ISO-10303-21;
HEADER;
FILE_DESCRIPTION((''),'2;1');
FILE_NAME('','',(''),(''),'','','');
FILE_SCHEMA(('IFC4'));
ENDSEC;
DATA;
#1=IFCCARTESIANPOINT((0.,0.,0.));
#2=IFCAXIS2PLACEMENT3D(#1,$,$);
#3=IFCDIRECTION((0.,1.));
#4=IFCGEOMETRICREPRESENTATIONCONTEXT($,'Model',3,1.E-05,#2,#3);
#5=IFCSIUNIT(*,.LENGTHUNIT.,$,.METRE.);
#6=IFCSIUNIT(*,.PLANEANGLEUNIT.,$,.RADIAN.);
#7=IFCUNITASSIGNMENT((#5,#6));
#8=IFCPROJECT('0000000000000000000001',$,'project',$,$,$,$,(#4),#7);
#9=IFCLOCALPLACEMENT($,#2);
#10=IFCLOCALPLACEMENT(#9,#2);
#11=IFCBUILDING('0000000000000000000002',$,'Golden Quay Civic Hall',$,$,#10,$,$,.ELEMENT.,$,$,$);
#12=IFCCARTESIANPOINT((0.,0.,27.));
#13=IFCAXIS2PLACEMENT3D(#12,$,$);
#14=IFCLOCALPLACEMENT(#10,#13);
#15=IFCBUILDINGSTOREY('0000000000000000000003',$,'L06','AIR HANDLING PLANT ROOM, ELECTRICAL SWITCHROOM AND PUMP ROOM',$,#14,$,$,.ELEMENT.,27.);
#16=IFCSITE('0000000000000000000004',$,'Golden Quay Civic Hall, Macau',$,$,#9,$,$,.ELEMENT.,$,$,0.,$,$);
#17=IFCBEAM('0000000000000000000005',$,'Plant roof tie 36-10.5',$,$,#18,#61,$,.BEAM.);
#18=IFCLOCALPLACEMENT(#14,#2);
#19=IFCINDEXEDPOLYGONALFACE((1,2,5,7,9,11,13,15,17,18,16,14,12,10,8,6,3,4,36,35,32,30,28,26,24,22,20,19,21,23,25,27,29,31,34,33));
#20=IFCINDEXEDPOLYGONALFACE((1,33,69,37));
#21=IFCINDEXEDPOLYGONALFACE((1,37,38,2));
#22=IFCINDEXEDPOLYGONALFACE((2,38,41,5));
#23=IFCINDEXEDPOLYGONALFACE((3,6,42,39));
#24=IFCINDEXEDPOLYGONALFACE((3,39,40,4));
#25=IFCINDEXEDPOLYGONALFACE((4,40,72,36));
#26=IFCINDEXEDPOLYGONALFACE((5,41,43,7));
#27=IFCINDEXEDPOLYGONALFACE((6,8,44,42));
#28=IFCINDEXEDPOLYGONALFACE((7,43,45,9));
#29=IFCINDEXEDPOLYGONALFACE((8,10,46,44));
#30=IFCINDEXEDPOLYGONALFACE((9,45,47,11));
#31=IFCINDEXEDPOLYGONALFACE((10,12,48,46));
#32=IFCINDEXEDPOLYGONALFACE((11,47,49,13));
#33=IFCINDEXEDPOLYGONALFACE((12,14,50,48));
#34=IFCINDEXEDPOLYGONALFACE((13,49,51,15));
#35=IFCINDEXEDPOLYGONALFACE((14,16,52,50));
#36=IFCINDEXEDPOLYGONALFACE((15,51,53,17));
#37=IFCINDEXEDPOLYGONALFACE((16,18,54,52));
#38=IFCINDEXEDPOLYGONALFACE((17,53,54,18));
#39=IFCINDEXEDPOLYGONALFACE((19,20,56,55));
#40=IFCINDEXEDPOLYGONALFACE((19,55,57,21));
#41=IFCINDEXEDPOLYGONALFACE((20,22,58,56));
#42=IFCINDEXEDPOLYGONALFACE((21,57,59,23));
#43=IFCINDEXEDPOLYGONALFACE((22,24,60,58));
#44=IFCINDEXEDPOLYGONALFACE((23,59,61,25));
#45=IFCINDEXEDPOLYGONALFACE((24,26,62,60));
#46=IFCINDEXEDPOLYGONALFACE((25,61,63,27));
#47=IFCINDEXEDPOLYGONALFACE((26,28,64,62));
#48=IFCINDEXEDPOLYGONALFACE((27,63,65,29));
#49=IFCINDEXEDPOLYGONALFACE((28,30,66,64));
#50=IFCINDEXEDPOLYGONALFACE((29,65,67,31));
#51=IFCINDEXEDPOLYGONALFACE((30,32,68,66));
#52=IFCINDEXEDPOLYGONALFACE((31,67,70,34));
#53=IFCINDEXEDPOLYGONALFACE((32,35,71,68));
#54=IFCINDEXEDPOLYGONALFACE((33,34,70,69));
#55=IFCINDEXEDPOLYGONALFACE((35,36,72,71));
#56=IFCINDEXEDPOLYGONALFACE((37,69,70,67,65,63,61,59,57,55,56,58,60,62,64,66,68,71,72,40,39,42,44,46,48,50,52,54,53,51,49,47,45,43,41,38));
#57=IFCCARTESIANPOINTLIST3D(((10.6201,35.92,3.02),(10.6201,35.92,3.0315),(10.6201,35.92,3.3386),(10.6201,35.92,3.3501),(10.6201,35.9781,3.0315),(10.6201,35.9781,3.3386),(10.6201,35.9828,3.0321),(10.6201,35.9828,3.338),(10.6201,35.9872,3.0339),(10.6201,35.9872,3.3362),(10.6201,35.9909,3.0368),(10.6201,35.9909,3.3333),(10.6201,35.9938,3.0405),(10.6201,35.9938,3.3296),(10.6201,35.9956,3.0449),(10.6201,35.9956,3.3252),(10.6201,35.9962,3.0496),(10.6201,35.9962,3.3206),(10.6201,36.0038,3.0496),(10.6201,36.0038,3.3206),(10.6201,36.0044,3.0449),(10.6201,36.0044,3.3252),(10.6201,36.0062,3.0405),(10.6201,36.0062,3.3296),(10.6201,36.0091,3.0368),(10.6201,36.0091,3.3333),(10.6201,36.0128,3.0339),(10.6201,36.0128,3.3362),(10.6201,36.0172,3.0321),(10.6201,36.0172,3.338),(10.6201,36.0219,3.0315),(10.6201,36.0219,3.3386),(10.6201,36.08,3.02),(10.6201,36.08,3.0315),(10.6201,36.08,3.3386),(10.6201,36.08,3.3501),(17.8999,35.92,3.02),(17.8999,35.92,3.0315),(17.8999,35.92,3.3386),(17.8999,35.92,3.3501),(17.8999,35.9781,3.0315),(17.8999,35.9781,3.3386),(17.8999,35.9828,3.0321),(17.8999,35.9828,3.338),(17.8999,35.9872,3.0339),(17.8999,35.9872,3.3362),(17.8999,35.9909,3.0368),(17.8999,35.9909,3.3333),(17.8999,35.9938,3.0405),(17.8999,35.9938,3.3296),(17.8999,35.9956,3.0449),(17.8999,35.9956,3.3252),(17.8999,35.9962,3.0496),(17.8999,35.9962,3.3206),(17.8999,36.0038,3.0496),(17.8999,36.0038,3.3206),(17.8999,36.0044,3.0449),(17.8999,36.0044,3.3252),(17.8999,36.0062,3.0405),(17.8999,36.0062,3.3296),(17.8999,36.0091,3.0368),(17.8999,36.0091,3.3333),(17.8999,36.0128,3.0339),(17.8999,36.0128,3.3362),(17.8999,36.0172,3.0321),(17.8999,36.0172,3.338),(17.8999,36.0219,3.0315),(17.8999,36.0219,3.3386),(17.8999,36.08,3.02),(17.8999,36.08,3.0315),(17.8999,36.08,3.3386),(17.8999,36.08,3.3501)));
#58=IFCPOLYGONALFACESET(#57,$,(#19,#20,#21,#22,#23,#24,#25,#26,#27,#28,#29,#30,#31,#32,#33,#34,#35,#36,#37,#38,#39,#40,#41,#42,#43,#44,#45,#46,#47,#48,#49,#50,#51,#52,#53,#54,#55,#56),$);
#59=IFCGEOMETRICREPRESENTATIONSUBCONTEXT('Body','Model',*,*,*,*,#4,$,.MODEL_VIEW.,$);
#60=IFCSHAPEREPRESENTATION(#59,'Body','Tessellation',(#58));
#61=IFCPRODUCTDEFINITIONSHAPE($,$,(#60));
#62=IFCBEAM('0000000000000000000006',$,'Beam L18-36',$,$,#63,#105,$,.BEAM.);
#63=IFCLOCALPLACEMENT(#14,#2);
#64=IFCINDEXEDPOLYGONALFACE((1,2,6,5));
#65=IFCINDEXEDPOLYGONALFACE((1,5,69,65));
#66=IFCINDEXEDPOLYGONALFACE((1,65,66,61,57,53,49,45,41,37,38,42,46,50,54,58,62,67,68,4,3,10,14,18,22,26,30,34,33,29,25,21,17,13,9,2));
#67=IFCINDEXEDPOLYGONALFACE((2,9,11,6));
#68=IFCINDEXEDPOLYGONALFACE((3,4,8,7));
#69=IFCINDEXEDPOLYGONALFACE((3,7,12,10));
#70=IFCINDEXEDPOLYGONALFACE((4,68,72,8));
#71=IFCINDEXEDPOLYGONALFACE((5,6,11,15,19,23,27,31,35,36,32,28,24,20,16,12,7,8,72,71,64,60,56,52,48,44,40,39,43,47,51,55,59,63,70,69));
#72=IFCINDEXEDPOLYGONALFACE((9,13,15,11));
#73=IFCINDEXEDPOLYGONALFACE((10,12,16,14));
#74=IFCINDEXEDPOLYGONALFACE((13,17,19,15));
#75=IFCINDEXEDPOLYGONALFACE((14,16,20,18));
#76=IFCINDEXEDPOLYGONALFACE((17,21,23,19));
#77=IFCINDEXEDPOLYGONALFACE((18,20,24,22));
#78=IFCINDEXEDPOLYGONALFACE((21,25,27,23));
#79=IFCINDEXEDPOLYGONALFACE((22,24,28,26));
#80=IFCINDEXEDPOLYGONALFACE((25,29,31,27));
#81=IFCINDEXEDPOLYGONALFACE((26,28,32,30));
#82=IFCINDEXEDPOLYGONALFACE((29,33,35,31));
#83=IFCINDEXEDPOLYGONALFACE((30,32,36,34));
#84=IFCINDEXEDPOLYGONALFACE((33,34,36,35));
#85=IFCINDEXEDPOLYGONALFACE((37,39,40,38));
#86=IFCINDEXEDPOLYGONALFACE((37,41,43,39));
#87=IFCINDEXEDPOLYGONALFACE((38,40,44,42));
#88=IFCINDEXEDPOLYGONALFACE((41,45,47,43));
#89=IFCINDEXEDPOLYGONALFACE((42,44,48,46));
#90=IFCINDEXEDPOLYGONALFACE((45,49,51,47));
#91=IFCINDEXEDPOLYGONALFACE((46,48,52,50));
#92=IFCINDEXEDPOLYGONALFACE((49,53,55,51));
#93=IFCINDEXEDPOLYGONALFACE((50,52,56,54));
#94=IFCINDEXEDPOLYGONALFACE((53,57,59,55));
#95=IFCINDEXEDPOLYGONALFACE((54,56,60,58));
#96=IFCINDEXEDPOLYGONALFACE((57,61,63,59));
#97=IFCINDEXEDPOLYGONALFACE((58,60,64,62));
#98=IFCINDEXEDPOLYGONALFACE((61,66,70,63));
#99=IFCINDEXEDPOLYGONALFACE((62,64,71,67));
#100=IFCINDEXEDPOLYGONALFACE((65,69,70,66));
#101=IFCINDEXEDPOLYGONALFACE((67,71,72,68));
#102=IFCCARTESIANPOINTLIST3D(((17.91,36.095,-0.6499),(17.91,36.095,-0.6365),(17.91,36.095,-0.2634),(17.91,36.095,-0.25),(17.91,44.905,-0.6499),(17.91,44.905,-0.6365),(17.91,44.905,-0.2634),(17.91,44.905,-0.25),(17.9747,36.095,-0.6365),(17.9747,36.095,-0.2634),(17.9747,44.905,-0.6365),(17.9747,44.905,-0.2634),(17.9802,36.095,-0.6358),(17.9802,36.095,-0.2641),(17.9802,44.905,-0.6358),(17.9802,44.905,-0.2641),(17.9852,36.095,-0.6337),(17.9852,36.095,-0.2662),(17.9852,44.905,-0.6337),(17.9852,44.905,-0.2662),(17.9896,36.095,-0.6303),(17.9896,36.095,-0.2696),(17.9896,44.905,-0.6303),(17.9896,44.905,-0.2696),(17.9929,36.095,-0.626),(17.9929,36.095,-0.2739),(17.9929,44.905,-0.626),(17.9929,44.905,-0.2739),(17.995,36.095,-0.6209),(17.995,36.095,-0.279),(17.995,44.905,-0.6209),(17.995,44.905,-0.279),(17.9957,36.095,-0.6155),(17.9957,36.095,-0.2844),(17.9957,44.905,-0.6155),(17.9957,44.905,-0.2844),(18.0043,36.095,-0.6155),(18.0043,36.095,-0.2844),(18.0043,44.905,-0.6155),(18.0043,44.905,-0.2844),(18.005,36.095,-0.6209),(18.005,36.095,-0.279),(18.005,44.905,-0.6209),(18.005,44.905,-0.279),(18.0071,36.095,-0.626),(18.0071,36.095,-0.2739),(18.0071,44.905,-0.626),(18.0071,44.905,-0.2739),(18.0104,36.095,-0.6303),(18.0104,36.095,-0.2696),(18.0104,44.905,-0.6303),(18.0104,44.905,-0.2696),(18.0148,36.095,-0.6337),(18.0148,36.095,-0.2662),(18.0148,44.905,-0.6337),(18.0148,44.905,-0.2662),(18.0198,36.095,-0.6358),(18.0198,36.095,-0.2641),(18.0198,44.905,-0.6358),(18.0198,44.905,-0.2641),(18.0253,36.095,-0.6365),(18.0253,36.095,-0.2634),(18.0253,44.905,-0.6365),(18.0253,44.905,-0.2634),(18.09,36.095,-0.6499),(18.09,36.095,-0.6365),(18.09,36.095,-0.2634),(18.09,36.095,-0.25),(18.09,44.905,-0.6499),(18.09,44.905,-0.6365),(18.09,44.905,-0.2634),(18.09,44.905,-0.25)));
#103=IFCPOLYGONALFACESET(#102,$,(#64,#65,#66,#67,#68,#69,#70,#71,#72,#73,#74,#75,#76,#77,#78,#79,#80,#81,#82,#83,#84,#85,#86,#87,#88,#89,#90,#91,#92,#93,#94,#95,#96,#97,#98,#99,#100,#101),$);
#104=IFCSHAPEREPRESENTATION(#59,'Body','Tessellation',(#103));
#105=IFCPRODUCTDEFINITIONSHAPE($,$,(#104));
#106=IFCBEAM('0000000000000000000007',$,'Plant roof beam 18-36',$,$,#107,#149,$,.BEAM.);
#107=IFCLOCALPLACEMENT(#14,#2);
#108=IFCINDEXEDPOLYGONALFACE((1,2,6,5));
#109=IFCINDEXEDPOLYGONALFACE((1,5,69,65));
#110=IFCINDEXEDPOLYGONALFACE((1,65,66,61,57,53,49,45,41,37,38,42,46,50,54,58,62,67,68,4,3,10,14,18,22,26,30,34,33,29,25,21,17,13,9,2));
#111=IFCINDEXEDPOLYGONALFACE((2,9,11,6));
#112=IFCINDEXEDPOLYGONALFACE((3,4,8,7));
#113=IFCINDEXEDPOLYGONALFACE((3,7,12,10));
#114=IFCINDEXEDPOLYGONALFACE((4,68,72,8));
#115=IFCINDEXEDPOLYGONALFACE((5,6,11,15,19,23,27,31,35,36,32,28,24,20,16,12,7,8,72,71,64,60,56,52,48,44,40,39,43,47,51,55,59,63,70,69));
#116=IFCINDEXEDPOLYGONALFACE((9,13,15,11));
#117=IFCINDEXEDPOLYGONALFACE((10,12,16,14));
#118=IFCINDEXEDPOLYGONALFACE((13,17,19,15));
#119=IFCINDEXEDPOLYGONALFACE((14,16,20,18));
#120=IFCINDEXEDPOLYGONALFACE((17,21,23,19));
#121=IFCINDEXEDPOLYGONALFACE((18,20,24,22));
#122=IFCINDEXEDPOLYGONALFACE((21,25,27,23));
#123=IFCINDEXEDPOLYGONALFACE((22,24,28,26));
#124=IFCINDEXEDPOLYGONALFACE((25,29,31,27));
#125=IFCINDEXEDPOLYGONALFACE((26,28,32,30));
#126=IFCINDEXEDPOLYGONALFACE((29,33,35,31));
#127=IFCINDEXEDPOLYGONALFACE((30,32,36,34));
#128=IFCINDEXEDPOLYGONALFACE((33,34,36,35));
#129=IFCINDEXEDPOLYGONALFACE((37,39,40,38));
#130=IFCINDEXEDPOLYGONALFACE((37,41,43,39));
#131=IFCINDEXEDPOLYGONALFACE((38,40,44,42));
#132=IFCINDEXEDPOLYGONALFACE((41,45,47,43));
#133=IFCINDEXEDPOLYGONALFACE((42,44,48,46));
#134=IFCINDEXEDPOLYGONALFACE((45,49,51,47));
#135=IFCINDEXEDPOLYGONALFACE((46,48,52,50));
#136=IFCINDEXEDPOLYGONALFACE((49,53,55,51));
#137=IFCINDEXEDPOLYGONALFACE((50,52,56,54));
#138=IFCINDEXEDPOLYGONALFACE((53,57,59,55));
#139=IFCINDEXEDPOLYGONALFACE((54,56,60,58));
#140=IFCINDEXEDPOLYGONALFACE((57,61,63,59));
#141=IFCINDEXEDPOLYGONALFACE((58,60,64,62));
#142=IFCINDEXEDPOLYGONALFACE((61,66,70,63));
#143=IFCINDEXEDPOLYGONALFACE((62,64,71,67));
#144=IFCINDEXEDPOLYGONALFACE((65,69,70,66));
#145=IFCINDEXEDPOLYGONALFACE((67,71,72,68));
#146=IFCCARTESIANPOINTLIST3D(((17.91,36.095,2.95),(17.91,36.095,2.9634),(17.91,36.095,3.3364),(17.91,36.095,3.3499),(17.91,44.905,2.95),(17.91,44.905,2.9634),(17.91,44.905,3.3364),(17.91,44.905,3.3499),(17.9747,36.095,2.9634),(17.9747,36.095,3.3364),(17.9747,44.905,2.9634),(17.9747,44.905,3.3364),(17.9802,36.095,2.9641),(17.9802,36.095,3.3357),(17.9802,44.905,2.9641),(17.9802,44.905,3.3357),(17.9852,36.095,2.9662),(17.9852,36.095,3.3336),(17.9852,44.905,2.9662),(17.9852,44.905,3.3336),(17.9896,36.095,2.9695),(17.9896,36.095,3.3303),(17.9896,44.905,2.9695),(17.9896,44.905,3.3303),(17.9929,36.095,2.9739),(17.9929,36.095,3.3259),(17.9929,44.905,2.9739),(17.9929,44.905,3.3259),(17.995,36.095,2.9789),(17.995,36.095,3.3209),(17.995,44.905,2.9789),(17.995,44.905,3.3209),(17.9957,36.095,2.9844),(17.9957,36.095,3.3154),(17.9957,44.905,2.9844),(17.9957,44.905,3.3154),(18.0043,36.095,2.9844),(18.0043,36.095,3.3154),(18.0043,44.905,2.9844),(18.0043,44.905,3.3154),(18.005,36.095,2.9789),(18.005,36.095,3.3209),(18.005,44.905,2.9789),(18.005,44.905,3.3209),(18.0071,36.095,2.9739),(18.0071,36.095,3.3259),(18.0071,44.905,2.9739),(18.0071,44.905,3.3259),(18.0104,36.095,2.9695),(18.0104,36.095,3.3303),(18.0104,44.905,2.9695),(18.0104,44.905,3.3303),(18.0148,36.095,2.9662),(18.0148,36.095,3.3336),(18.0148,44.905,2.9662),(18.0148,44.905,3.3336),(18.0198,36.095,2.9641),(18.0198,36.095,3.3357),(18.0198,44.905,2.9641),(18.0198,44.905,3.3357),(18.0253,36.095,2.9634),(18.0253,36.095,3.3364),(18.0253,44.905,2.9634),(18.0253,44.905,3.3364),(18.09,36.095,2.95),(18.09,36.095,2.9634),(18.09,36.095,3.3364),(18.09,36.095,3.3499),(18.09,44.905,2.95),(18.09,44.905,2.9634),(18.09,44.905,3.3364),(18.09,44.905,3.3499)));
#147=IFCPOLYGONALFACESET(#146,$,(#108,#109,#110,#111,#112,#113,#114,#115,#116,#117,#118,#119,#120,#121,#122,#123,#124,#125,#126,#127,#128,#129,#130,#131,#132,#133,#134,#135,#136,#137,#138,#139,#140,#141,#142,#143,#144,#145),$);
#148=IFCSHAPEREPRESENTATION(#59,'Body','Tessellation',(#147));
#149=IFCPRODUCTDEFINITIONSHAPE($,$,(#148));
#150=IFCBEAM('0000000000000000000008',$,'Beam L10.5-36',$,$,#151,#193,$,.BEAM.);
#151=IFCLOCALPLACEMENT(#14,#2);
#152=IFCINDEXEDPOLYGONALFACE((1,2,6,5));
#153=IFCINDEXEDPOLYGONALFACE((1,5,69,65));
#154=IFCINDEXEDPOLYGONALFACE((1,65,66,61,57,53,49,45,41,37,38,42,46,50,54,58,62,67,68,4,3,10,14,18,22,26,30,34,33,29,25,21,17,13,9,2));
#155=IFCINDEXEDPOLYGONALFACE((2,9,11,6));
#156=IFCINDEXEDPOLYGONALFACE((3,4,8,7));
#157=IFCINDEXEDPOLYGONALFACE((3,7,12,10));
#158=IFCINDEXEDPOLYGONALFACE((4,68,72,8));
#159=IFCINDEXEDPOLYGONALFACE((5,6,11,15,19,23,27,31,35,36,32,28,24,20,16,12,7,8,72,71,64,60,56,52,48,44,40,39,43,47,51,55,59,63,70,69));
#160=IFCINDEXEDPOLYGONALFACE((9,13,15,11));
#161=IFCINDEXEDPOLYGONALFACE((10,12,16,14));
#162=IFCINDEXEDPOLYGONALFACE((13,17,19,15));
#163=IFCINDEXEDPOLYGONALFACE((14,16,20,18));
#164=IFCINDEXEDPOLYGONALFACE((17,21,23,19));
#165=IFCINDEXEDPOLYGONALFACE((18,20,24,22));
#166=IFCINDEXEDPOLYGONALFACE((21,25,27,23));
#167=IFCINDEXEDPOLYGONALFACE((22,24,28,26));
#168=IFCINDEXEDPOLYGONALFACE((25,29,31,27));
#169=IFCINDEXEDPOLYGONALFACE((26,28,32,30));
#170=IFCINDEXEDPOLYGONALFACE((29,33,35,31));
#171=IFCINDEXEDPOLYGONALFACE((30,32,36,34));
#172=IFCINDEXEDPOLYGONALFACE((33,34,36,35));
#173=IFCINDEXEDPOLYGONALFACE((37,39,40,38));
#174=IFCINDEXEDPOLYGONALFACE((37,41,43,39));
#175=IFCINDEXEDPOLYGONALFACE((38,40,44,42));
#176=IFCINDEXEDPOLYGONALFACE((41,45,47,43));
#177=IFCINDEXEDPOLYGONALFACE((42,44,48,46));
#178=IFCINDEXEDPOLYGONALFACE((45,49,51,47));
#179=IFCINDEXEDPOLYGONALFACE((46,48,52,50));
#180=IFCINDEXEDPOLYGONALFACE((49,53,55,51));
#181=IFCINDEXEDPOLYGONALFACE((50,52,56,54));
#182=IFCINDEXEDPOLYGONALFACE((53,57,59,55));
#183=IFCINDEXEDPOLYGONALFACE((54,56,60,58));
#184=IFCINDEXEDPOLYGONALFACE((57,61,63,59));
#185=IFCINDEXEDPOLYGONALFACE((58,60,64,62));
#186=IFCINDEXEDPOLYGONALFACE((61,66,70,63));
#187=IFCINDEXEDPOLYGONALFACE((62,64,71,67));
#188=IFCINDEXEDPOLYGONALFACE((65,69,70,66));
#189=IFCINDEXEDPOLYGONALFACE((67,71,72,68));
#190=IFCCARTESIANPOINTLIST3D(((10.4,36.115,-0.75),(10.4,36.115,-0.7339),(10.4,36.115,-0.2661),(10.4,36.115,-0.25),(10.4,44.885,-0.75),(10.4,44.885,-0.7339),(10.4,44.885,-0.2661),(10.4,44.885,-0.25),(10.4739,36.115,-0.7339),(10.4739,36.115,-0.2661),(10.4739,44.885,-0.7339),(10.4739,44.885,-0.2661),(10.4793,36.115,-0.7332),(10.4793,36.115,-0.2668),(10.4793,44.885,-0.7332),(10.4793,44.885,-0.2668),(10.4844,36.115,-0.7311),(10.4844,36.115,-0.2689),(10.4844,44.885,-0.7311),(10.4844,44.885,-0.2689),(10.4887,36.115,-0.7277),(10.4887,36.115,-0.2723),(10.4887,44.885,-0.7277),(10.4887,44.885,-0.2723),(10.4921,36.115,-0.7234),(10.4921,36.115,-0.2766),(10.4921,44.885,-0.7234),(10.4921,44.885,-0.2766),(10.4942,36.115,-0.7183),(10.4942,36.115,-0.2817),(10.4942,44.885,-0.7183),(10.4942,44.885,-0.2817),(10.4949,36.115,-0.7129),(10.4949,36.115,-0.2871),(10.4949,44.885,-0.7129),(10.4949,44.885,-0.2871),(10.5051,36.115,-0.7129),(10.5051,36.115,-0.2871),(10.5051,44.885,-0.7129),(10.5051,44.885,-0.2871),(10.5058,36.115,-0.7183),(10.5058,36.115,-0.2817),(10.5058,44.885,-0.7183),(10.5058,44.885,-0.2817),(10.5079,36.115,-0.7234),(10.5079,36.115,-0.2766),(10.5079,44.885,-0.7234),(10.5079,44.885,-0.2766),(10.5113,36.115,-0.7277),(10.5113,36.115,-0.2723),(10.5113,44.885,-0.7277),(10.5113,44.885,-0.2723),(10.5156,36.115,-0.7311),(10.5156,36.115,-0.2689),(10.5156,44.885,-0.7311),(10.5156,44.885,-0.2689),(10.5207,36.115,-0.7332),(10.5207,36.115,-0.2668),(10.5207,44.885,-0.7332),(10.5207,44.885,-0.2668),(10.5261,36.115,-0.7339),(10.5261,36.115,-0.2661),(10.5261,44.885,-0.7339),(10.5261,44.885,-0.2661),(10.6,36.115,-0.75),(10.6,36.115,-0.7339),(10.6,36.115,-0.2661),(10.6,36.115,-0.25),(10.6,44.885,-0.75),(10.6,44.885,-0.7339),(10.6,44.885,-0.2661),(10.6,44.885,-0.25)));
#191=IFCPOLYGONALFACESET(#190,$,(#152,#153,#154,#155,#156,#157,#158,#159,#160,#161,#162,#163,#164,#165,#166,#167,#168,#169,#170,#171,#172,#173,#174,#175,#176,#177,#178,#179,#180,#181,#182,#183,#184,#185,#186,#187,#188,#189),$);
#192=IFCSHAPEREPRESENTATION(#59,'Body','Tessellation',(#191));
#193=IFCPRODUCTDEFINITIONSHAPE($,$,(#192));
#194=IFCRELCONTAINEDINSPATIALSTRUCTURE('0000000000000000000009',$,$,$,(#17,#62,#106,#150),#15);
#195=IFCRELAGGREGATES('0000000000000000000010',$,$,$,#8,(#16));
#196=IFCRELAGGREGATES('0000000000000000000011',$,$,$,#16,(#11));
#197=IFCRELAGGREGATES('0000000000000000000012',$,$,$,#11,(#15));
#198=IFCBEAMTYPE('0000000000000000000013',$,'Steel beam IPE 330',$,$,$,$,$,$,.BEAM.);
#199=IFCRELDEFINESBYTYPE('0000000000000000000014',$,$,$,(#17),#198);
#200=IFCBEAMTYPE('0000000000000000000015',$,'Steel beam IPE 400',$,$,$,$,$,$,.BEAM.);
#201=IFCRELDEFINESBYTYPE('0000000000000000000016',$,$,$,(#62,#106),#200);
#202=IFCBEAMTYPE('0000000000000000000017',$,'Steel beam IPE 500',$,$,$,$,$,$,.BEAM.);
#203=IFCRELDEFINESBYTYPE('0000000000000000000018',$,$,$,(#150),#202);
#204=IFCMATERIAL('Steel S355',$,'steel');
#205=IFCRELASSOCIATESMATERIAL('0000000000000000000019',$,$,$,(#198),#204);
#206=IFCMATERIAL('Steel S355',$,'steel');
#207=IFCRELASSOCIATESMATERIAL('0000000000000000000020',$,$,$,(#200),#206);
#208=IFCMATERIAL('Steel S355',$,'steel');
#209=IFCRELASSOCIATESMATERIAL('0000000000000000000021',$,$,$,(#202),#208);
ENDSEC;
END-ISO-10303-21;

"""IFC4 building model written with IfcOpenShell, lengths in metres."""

from ifc_helpers import new_model, si_unit, direction, frame, origin, origin_2d, place, context, subcontext, project, spatial, i_section, extrude, material, material_profile, profile_set, type_object, element, save


model = new_model("IFC4")

# Units and contexts
model_context = context("Model", 3, precision=1e-05, world=origin(), true_north=direction((0.0, 1.0)))
body_context = subcontext(model_context, "Body", "Model", "MODEL_VIEW")
ifc_project = project(units=[si_unit("LENGTHUNIT", "METRE"), si_unit("PLANEANGLEUNIT", "RADIAN")], contexts=[model_context])

# Site, building, storey
site_placement = place(None, origin())
site = spatial("IfcSite", under=ifc_project, at=site_placement, Name="Golden Quay Civic Hall, Macau", CompositionType="ELEMENT", RefElevation=0.0)
building_placement = place(site_placement, origin())
building = spatial("IfcBuilding", under=site, at=building_placement, Name="Golden Quay Civic Hall", CompositionType="ELEMENT")
storey_placement = place(building_placement, frame((0.0, 0.0, 27.0)))
storey = spatial("IfcBuildingStorey", under=building, at=storey_placement, Name="L06", Description="AIR HANDLING PLANT ROOM, ELECTRICAL SWITCHROOM AND PUMP ROOM", CompositionType="ELEMENT", Elevation=27.0)

# Beams
ifc_material_1 = material(Name="Steel S355", Category="steel")
ifc_material_profile_1 = material_profile(ifc_material_1, i_section(OverallWidth=0.1599, OverallDepth=0.3301, WebThickness=0.0076, FlangeThickness=0.0115, FilletRadius=0.0181, at=origin_2d()), Name="IPE 330")
ifc_profile_set_1 = profile_set([ifc_material_profile_1], Name="Steel S355")
beam_type_1 = type_object("IfcBeamType", Name="Steel beam IPE 330", PredefinedType="BEAM", material=ifc_profile_set_1)
for number, where, z_axis, x_axis, name in (
    (1, (10.6201, 36.0, 3.1851), (1.0, 0.0, 0.0), (0.0, 1.0, 0.0), "Plant roof tie 36-10.5"),
):
    element("IfcBeam", number, at=place(storey_placement, frame(where, z_axis=z_axis, x_axis=x_axis)), inside=storey, type_object=beam_type_1, Name=name, PredefinedType="BEAM", context=body_context, shape_type="SweptSolid", body=[
        extrude(i_section(OverallWidth=0.1599, OverallDepth=0.3301, WebThickness=0.0076, FlangeThickness=0.0115, FilletRadius=0.0181, at=origin_2d()), origin(), (0.0, 0.0, 1.0), 7.2798),
    ])
ifc_material_2 = material(Name="Steel S355", Category="steel")
ifc_material_profile_2 = material_profile(ifc_material_2, i_section(OverallWidth=0.1799, OverallDepth=0.3999, WebThickness=0.0085, FlangeThickness=0.0134, FilletRadius=0.021, at=origin_2d()), Name="IPE 400")
ifc_profile_set_2 = profile_set([ifc_material_profile_2], Name="Steel S355")
beam_type_2 = type_object("IfcBeamType", Name="Steel beam IPE 400", PredefinedType="BEAM", material=ifc_profile_set_2)
for number, where, z_axis, x_axis, name in (
    (2, (18.0, 36.095, -0.45), (0.0, 1.0, 0.0), (-1.0, 0.0, 0.0), "Beam L18-36"),
    (3, (18.0, 36.095, 3.1499), (0.0, 1.0, 0.0), (-1.0, 0.0, 0.0), "Plant roof beam 18-36"),
):
    element("IfcBeam", number, at=place(storey_placement, frame(where, z_axis=z_axis, x_axis=x_axis)), inside=storey, type_object=beam_type_2, Name=name, PredefinedType="BEAM", context=body_context, shape_type="SweptSolid", body=[
        extrude(i_section(OverallWidth=0.1799, OverallDepth=0.3999, WebThickness=0.0085, FlangeThickness=0.0134, FilletRadius=0.021, at=origin_2d()), origin(), (0.0, 0.0, 1.0), 8.8101),
    ])
ifc_material_3 = material(Name="Steel S355", Category="steel")
ifc_material_profile_3 = material_profile(ifc_material_3, i_section(OverallWidth=0.2, OverallDepth=0.5, WebThickness=0.0103, FlangeThickness=0.0161, FilletRadius=0.021, at=origin_2d()), Name="IPE 500")
ifc_profile_set_3 = profile_set([ifc_material_profile_3], Name="Steel S355")
beam_type_3 = type_object("IfcBeamType", Name="Steel beam IPE 500", PredefinedType="BEAM", material=ifc_profile_set_3)
for number, where, z_axis, x_axis, name in (
    (4, (10.5, 36.115, -0.5), (0.0, 1.0, 0.0), (-1.0, 0.0, 0.0), "Beam L10.5-36"),
):
    element("IfcBeam", number, at=place(storey_placement, frame(where, z_axis=z_axis, x_axis=x_axis)), inside=storey, type_object=beam_type_3, Name=name, PredefinedType="BEAM", context=body_context, shape_type="SweptSolid", body=[
        extrude(i_section(OverallWidth=0.2, OverallDepth=0.5, WebThickness=0.0103, FlangeThickness=0.0161, FilletRadius=0.021, at=origin_2d()), origin(), (0.0, 0.0, 1.0), 8.77),
    ])

save(model, "model.ifc")
